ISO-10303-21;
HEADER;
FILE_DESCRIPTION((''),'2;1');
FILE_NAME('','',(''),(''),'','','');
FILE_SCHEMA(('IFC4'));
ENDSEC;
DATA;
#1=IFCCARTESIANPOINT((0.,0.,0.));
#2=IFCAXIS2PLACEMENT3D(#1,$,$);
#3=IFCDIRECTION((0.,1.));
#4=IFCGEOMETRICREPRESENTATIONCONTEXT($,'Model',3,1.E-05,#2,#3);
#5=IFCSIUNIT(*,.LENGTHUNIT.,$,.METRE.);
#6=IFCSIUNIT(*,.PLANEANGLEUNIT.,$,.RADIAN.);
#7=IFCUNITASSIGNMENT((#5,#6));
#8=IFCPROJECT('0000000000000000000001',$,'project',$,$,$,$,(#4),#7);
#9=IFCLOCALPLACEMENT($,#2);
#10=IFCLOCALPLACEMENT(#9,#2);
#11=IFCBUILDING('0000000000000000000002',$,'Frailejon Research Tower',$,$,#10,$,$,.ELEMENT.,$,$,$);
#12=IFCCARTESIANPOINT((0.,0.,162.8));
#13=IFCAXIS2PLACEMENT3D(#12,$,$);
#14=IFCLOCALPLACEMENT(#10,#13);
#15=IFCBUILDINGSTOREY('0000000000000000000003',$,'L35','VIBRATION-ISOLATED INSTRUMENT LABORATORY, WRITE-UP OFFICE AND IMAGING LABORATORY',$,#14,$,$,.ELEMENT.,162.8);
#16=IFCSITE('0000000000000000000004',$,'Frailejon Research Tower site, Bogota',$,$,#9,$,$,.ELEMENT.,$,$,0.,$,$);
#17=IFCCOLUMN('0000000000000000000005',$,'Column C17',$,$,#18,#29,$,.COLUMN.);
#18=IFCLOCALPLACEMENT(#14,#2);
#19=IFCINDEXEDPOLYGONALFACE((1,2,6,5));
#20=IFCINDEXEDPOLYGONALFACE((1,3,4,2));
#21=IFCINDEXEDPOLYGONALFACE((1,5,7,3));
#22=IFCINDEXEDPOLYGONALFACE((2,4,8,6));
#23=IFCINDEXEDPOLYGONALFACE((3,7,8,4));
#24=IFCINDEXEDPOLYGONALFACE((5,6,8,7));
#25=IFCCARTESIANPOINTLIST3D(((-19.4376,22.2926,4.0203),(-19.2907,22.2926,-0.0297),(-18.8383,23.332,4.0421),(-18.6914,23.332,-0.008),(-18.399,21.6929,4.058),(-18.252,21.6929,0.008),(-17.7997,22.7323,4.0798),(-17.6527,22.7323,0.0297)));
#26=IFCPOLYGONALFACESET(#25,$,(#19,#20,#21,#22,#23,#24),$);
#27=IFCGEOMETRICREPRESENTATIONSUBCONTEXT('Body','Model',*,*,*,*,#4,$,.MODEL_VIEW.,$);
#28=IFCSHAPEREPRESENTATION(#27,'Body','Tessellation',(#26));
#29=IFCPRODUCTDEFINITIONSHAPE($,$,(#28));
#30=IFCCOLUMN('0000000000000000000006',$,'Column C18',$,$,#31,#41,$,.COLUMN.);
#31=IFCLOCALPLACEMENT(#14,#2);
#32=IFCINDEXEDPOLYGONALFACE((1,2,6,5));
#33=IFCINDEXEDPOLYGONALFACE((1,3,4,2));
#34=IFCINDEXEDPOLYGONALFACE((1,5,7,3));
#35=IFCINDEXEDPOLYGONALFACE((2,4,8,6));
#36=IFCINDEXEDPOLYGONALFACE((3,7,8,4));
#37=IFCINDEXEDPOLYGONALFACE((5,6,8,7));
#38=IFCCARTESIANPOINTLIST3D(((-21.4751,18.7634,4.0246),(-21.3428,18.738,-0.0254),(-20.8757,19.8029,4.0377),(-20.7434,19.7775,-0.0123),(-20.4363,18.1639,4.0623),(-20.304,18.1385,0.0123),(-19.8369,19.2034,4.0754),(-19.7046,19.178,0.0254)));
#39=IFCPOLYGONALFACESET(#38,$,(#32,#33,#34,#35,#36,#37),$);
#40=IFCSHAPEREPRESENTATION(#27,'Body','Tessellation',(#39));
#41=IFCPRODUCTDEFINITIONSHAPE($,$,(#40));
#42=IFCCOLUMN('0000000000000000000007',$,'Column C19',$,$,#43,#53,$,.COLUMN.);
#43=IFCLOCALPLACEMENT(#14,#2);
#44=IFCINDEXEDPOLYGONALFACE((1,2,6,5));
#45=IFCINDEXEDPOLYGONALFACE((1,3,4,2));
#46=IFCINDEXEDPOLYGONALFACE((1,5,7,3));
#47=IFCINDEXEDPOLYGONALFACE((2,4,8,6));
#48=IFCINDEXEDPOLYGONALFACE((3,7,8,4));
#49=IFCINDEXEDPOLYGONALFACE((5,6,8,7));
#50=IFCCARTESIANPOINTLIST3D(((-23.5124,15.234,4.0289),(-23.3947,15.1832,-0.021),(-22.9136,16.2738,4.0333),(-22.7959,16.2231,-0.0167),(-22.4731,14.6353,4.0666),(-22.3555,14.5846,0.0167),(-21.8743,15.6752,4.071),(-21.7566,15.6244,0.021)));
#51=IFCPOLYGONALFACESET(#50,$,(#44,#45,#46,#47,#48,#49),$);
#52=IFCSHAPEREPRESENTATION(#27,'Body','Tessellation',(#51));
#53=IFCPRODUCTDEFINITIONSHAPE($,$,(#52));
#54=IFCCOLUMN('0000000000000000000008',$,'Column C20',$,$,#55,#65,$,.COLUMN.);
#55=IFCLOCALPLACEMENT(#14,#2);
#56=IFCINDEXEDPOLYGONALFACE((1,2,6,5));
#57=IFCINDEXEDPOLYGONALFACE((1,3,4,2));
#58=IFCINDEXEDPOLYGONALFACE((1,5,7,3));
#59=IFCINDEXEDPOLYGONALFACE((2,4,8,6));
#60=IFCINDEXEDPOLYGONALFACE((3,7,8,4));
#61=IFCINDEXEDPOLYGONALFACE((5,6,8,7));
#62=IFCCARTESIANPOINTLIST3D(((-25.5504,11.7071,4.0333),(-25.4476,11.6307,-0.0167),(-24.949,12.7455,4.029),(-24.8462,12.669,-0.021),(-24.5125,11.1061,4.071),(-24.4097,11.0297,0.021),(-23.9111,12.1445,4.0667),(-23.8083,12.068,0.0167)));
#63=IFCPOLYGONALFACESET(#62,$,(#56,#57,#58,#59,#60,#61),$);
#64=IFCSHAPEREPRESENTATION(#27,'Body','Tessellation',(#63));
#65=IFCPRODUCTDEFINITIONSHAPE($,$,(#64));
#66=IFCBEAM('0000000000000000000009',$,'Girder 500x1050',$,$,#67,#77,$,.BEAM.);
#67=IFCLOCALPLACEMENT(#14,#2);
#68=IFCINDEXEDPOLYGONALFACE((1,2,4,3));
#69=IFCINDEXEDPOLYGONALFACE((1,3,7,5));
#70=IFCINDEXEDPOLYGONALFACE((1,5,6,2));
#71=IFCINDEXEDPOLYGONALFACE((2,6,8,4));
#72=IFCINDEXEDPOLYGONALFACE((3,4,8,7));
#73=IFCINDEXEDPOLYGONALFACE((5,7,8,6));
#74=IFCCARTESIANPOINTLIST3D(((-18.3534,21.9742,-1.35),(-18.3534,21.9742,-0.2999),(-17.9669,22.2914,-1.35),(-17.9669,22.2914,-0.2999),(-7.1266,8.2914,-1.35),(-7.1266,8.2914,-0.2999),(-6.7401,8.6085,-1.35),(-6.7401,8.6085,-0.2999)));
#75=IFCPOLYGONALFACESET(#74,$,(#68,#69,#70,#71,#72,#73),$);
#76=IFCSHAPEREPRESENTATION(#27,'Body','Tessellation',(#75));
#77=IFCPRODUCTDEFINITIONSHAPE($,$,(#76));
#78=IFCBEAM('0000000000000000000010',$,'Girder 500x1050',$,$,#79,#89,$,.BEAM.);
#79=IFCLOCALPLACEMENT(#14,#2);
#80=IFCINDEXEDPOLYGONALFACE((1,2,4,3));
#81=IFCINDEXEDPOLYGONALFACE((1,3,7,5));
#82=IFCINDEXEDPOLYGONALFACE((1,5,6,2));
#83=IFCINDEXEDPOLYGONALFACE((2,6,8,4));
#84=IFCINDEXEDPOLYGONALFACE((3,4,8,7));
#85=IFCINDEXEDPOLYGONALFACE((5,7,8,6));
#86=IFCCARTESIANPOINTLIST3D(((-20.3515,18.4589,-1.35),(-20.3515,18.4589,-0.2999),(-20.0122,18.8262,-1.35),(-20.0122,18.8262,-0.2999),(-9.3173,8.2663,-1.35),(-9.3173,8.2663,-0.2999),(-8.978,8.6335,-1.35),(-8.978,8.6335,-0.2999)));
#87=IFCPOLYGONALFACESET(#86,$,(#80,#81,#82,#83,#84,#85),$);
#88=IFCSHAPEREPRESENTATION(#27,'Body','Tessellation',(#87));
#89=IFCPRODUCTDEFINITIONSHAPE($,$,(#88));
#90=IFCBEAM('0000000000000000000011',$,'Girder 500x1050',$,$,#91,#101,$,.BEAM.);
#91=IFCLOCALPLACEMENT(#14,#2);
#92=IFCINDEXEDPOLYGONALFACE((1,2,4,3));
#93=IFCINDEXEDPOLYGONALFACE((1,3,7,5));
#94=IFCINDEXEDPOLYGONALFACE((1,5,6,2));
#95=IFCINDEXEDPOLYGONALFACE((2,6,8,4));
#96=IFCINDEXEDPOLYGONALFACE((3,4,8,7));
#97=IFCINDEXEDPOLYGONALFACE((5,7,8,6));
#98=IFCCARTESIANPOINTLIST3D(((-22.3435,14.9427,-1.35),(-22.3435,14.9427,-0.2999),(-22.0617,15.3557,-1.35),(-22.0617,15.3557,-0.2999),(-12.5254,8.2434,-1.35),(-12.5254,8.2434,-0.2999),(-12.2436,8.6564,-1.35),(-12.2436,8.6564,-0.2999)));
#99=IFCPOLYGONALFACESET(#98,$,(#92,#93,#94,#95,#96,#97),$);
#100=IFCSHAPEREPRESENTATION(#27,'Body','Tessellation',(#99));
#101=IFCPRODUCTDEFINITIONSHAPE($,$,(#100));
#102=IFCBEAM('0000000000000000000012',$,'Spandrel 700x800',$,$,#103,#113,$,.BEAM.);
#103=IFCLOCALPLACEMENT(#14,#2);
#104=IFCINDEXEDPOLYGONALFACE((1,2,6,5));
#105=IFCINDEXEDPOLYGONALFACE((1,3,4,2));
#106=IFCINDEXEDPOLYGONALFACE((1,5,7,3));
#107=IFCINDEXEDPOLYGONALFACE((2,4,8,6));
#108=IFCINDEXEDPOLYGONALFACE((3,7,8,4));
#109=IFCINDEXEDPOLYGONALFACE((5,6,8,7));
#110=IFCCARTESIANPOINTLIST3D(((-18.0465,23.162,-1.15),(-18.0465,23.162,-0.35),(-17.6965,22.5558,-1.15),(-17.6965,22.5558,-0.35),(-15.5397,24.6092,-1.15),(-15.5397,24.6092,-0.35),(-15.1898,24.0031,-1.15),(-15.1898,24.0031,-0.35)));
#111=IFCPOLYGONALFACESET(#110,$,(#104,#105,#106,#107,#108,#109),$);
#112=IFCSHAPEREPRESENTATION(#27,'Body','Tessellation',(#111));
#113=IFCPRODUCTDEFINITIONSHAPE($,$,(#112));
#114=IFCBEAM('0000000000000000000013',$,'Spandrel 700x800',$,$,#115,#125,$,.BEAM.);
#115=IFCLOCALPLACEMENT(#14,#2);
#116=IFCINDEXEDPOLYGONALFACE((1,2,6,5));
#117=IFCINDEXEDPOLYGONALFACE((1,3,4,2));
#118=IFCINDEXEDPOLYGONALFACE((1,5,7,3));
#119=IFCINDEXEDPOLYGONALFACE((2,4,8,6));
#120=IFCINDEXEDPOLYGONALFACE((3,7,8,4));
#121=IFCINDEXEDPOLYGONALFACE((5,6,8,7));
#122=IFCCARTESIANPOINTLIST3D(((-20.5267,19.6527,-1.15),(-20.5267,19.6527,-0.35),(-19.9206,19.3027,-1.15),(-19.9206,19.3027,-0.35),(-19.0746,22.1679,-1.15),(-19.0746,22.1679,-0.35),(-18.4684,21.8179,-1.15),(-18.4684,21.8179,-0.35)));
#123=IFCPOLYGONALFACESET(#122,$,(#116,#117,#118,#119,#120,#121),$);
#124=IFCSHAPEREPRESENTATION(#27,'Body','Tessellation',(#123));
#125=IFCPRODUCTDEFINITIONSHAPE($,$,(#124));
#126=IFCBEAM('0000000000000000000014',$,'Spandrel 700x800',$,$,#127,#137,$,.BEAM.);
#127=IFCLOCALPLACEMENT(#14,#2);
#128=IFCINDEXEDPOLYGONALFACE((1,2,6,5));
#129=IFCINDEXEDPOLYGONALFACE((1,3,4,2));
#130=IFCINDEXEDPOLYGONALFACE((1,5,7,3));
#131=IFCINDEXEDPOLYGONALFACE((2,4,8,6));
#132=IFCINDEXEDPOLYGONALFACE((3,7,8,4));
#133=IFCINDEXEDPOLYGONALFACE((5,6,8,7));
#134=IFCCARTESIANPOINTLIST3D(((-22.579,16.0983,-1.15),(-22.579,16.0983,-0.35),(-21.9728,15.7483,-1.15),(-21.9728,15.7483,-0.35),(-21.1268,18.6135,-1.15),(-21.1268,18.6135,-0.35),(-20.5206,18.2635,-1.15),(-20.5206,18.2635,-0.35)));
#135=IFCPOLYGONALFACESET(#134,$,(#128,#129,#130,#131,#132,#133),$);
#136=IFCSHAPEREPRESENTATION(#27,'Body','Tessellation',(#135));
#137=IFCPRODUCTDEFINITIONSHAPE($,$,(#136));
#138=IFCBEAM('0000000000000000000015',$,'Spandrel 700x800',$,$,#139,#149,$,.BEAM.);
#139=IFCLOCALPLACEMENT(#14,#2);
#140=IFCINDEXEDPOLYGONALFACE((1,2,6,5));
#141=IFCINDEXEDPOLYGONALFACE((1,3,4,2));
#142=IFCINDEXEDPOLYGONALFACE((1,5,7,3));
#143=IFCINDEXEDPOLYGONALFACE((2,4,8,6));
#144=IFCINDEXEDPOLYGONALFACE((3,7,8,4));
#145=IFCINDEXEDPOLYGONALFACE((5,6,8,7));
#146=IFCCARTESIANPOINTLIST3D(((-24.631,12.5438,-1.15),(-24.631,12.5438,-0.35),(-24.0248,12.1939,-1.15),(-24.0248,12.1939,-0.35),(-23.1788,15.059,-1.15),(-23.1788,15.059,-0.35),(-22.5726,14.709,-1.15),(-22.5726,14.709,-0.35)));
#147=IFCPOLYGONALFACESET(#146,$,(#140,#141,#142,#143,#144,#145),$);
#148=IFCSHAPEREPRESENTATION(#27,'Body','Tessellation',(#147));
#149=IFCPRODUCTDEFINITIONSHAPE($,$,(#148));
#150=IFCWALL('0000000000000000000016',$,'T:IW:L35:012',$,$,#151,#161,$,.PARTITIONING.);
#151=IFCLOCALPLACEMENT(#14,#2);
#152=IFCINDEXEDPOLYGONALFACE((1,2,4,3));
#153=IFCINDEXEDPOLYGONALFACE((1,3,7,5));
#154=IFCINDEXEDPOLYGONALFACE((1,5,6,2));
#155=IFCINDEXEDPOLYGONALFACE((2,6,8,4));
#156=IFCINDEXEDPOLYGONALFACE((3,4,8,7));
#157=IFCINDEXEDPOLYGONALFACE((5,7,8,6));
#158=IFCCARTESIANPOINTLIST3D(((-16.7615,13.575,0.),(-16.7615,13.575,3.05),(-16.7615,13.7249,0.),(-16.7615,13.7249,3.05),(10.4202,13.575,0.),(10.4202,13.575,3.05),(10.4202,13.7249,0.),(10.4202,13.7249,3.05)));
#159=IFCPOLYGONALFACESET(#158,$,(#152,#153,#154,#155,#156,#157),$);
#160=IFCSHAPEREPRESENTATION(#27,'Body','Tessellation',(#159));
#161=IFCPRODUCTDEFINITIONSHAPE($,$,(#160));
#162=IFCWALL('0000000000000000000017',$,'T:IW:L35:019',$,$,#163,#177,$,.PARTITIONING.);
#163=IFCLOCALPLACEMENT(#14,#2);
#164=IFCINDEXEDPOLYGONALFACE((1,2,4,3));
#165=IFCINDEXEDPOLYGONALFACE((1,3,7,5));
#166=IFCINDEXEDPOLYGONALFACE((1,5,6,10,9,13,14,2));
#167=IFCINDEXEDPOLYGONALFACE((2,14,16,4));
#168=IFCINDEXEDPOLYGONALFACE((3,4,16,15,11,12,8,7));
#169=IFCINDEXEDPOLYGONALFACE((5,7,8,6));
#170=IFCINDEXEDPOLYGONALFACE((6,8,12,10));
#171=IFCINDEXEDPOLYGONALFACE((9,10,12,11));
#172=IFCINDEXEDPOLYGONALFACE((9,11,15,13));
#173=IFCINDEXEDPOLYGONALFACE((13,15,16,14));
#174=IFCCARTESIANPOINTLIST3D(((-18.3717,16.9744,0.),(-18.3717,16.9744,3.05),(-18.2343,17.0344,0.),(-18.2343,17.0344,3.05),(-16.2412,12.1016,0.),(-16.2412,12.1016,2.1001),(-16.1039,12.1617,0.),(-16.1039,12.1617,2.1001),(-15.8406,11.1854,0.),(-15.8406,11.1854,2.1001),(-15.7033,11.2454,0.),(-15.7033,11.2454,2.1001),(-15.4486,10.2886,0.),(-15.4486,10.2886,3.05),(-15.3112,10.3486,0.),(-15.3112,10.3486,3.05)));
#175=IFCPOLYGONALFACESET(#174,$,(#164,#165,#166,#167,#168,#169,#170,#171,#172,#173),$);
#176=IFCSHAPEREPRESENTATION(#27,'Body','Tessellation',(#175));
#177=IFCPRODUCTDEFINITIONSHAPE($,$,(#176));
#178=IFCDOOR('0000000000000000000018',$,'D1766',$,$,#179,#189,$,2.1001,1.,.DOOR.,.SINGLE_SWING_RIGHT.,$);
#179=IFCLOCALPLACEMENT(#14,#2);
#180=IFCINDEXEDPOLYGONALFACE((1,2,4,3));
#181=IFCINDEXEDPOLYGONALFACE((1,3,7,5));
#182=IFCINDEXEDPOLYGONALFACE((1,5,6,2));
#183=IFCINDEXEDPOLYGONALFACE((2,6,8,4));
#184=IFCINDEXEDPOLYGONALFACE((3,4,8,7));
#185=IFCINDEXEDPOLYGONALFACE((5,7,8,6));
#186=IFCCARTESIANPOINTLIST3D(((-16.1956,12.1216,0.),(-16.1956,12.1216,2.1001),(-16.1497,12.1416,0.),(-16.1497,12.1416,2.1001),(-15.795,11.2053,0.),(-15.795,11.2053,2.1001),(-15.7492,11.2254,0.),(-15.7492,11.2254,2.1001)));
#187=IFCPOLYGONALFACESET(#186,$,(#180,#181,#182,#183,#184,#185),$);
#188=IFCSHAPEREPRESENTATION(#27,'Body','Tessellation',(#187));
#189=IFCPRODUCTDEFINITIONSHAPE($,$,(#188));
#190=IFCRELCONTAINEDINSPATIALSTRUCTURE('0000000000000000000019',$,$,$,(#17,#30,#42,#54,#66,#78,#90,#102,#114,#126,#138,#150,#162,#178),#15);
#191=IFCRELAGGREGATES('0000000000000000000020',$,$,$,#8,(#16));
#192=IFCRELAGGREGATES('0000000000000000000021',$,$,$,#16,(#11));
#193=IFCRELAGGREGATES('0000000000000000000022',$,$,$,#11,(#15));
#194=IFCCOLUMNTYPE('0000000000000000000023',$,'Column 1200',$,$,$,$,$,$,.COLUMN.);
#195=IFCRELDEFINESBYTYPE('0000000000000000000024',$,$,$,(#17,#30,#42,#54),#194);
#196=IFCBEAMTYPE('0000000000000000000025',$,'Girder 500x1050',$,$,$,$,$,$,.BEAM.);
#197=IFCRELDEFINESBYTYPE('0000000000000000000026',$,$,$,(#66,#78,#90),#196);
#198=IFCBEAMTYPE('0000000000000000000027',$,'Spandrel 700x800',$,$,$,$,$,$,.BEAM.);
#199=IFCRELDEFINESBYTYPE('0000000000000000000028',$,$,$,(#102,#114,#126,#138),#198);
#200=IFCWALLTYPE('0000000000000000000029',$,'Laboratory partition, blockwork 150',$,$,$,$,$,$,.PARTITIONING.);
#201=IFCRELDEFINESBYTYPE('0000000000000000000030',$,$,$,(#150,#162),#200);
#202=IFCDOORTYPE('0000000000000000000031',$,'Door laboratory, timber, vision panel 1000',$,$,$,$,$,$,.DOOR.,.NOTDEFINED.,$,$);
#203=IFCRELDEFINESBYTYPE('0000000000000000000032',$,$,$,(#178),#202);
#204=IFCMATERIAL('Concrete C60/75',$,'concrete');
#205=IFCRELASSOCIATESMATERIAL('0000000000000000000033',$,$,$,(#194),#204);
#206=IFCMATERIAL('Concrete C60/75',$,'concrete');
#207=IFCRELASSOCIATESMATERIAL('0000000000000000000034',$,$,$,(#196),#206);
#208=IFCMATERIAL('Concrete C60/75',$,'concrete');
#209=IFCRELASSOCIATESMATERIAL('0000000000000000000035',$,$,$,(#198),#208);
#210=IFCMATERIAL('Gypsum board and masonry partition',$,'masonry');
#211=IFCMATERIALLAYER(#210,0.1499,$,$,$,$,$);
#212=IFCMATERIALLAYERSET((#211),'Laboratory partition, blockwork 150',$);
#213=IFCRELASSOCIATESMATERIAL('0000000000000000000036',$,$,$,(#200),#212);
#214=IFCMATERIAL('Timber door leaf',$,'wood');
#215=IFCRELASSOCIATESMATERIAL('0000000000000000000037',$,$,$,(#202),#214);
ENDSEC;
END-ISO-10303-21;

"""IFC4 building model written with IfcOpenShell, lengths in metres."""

from ifc_helpers import new_model, si_unit, direction, frame, frame_2d, origin, origin_2d, place, context, subcontext, project, spatial, rectangle, extrude, material, layer, layer_set, material_profile, profile_set, type_object, element, fill, save


model = new_model("IFC4")

# Units and contexts
model_context = context("Model", 3, precision=1e-05, world=origin(), true_north=direction((0.0, 1.0)))
body_context = subcontext(model_context, "Body", "Model", "MODEL_VIEW")
ifc_project = project(units=[si_unit("LENGTHUNIT", "METRE"), si_unit("PLANEANGLEUNIT", "RADIAN")], contexts=[model_context])

# Site, building, storey
site_placement = place(None, origin())
site = spatial("IfcSite", under=ifc_project, at=site_placement, Name="Frailejon Research Tower site, Bogota", CompositionType="ELEMENT", RefElevation=0.0)
building_placement = place(site_placement, origin())
building = spatial("IfcBuilding", under=site, at=building_placement, Name="Frailejon Research Tower", CompositionType="ELEMENT")
storey_placement = place(building_placement, frame((0.0, 0.0, 162.8)))
storey = spatial("IfcBuildingStorey", under=building, at=storey_placement, Name="L35", Description="VIBRATION-ISOLATED INSTRUMENT LABORATORY, WRITE-UP OFFICE AND IMAGING LABORATORY", CompositionType="ELEMENT", Elevation=162.8)

# Columns
ifc_material_1 = material(Name="Concrete C60/75", Category="concrete")
ifc_material_profile_1 = material_profile(ifc_material_1, rectangle(XDim=1.2, YDim=1.2, at=origin_2d()), Name="Column 1200")
ifc_profile_set_1 = profile_set([ifc_material_profile_1], Name="Concrete C60/75")
column_type = type_object("IfcColumnType", Name="Column 1200", PredefinedType="COLUMN", material=ifc_profile_set_1)
column_1_placement = place(storey_placement, frame((-18.4717, 22.5125, 0.0), z_axis=(-0.036265, 0.0, 0.999342), x_axis=(-0.499425, -0.866168, -0.018124)))
element("IfcColumn", 1, at=column_1_placement, inside=storey, type_object=column_type, Name="Column C17", PredefinedType="COLUMN", context=body_context, shape_type="SweptSolid", body=[
    extrude(rectangle(XDim=1.2, YDim=1.2, at=origin_2d()), origin(), (0.0, 0.0, 1.0), 4.0527),
])
column_2_placement = place(storey_placement, frame((-20.5237, 18.958, 0.0), z_axis=(-0.032654, 0.006266, 0.999447), x_axis=(-0.49952, -0.866234, -0.01089)))
element("IfcColumn", 2, at=column_2_placement, inside=storey, type_object=column_type, Name="Column C18", PredefinedType="COLUMN", context=body_context, shape_type="SweptSolid", body=[
    extrude(rectangle(XDim=1.2, YDim=1.2, at=origin_2d()), origin(), (0.0, 0.0, 1.0), 4.0522),
])
for number, where, z_axis, x_axis, name in (
    (3, (-22.5757, 15.4038, 0.0), (-0.029041, 0.012532, 0.9995), (-0.499042, -0.86657, -0.003634), "Column C19"),
    (4, (-24.6279, 11.8494, 0.0), (-0.025366, 0.018858, 0.9995), (-0.501191, -0.865329, 0.003608), "Column C20"),
):
    element("IfcColumn", number, at=place(storey_placement, frame(where, z_axis=z_axis, x_axis=x_axis)), inside=storey, type_object=column_type, Name=name, PredefinedType="COLUMN", context=body_context, shape_type="SweptSolid", body=[
        extrude(rectangle(XDim=1.2, YDim=1.2, at=origin_2d()), origin(), (0.0, 0.0, 1.0), 4.052),
    ])

# Beams
ifc_material_2 = material(Name="Concrete C60/75", Category="concrete")
ifc_material_profile_2 = material_profile(ifc_material_2, rectangle(XDim=0.5, YDim=1.05, at=origin_2d()), Name="Girder 500x1050")
ifc_profile_set_2 = profile_set([ifc_material_profile_2], Name="Concrete C60/75")
beam_type_1 = type_object("IfcBeamType", Name="Girder 500x1050", PredefinedType="BEAM", material=ifc_profile_set_2)
beam_1_placement = place(storey_placement, frame((-18.1602, 22.1328, -0.825), z_axis=(0.634311, -0.773078, 0.0), x_axis=(0.773078, 0.634311, 0.0)))
element("IfcBeam", 5, at=beam_1_placement, inside=storey, type_object=beam_type_1, Name="Girder 500x1050", PredefinedType="BEAM", context=body_context, shape_type="SweptSolid", body=[
    extrude(rectangle(XDim=0.5, YDim=1.05, at=origin_2d()), origin(), (0.0, 0.0, 1.0), 17.6992),
])
beam_2_placement = place(storey_placement, frame((-20.1819, 18.6426, -0.825), z_axis=(0.734564, -0.67854, 0.0), x_axis=(0.67854, 0.734564, 0.0)))
element("IfcBeam", 6, at=beam_2_placement, inside=storey, type_object=beam_type_1, Name="Girder 500x1050", PredefinedType="BEAM", context=body_context, shape_type="SweptSolid", body=[
    extrude(rectangle(XDim=0.5, YDim=1.05, at=origin_2d()), origin(), (0.0, 0.0, 1.0), 15.0215),
])
beam_3_placement = place(storey_placement, frame((-22.2026, 15.1492, -0.825), z_axis=(0.82603, -0.563627, 0.0), x_axis=(0.563627, 0.82603, 0.0)))
element("IfcBeam", 7, at=beam_3_placement, inside=storey, type_object=beam_type_1, Name="Girder 500x1050", PredefinedType="BEAM", context=body_context, shape_type="SweptSolid", body=[
    extrude(rectangle(XDim=0.5, YDim=1.05, at=origin_2d()), origin(), (0.0, 0.0, 1.0), 11.886),
])
ifc_material_3 = material(Name="Concrete C60/75", Category="concrete")
ifc_material_profile_3 = material_profile(ifc_material_3, rectangle(XDim=0.7, YDim=0.8, at=origin_2d()), Name="Spandrel 700x800")
ifc_profile_set_3 = profile_set([ifc_material_profile_3], Name="Concrete C60/75")
beam_type_2 = type_object("IfcBeamType", Name="Spandrel 700x800", PredefinedType="BEAM", material=ifc_profile_set_3)
beam_4_placement = place(storey_placement, frame((-15.3647, 24.3062, -0.75), z_axis=(-0.866034, -0.499985, 0.0), x_axis=(0.499985, -0.866034, 0.0)))
element("IfcBeam", 8, at=beam_4_placement, inside=storey, type_object=beam_type_2, Name="Spandrel 700x800", PredefinedType="BEAM", context=body_context, shape_type="SweptSolid", body=[
    extrude(rectangle(XDim=0.7, YDim=0.8, at=origin_2d()), origin(), (0.0, 0.0, 1.0), 2.8945),
])
for number, where, z_axis, x_axis, name in (
    (9, (-18.7715, 21.9929, -0.75), (-0.500009, -0.86602, 0.0), (0.86602, -0.500009, 0.0), "Spandrel 700x800"),
    (10, (-20.8237, 18.4385, -0.75), (-0.500009, -0.86602, 0.0), (0.86602, -0.500009, 0.0), "Spandrel 700x800"),
    (11, (-22.8757, 14.884, -0.75), (-0.500009, -0.86602, 0.0), (0.86602, -0.500009, 0.0), "Spandrel 700x800"),
):
    element("IfcBeam", number, at=place(storey_placement, frame(where, z_axis=z_axis, x_axis=x_axis)), inside=storey, type_object=beam_type_2, Name=name, PredefinedType="BEAM", context=body_context, shape_type="SweptSolid", body=[
        extrude(rectangle(XDim=0.7, YDim=0.8, at=origin_2d()), origin(), (0.0, 0.0, 1.0), 2.9043),
    ])

# Wall
ifc_material_4 = material(Name="Gypsum board and masonry partition", Category="masonry")
ifc_layer_1 = layer(ifc_material_4, 0.1499)
ifc_layer_set_1 = layer_set([ifc_layer_1], Name="Laboratory partition, blockwork 150")
wall_type_1 = type_object("IfcWallType", Name="Laboratory partition, blockwork 150", PredefinedType="PARTITIONING", material=ifc_layer_set_1)
wall_1_placement = place(storey_placement, frame((-16.7615, 13.6499, 0.0), z_axis=(0.0, 0.0, 1.0), x_axis=(1.0, 0.0, 0.0)))
element("IfcWall", 12, at=wall_1_placement, inside=storey, type_object=wall_type_1, Name="T:IW:L35:012", PredefinedType="PARTITIONING", context=body_context, shape_type="SweptSolid", body=[
    extrude(rectangle(XDim=27.1816, YDim=0.1499, at=frame_2d((13.5908, 0.0))), origin(), (0.0, 0.0, 1.0), 3.05),
])

# Wall, opening, door
wall_2_placement = place(storey_placement, frame((-18.303, 17.0044, 0.0), z_axis=(0.0, 0.0, 1.0), x_axis=(0.400596, -0.916255, 0.0)))
wall_2 = element("IfcWall", 13, at=wall_2_placement, inside=storey, type_object=wall_type_1, Name="T:IW:L35:019", PredefinedType="PARTITIONING", context=body_context, shape_type="SweptSolid", body=[
    extrude(rectangle(XDim=7.2969, YDim=0.1499, at=frame_2d((3.6484, 0.0))), origin(), (0.0, 0.0, 1.0), 3.05),
])
opening_1_placement = place(wall_2_placement, frame((5.3181, 0.0, 0.0)))
opening_1 = element("IfcOpeningElement", 14, at=opening_1_placement, cuts=wall_2, PredefinedType="OPENING", context=body_context, shape_type="SweptSolid", body=[
    extrude(rectangle(XDim=1.0, YDim=2.1001, at=frame_2d((0.5, 1.05))), frame((0.0, 0.085, 0.0), z_axis=(0.0, -1.0, 0.0), x_axis=(1.0, 0.0, 0.0)), (0.0, 0.0, 1.0), 0.1699),
])
ifc_material_5 = material(Name="Timber door leaf", Category="wood")
door_type_1 = type_object("IfcDoorType", Name="Door laboratory, timber, vision panel 1000", OperationType="NOTDEFINED", PredefinedType="DOOR", material=ifc_material_5)
door_1_placement = place(opening_1_placement, origin())
door_1 = element("IfcDoor", 15, at=door_1_placement, inside=storey, type_object=door_type_1, Name="D1766", OperationType="SINGLE_SWING_RIGHT", OverallHeight=2.1001, OverallWidth=1.0, PredefinedType="DOOR", context=body_context, shape_type="SweptSolid", body=[
    extrude(rectangle(XDim=1.0, YDim=2.1001, at=frame_2d((0.5, 1.05))), frame((0.0, 0.0249, 0.0), z_axis=(0.0, -1.0, 0.0), x_axis=(1.0, 0.0, 0.0)), (0.0, 0.0, 1.0), 0.05),
])
fill(opening_1, door_1)

save(model, "model.ifc")
